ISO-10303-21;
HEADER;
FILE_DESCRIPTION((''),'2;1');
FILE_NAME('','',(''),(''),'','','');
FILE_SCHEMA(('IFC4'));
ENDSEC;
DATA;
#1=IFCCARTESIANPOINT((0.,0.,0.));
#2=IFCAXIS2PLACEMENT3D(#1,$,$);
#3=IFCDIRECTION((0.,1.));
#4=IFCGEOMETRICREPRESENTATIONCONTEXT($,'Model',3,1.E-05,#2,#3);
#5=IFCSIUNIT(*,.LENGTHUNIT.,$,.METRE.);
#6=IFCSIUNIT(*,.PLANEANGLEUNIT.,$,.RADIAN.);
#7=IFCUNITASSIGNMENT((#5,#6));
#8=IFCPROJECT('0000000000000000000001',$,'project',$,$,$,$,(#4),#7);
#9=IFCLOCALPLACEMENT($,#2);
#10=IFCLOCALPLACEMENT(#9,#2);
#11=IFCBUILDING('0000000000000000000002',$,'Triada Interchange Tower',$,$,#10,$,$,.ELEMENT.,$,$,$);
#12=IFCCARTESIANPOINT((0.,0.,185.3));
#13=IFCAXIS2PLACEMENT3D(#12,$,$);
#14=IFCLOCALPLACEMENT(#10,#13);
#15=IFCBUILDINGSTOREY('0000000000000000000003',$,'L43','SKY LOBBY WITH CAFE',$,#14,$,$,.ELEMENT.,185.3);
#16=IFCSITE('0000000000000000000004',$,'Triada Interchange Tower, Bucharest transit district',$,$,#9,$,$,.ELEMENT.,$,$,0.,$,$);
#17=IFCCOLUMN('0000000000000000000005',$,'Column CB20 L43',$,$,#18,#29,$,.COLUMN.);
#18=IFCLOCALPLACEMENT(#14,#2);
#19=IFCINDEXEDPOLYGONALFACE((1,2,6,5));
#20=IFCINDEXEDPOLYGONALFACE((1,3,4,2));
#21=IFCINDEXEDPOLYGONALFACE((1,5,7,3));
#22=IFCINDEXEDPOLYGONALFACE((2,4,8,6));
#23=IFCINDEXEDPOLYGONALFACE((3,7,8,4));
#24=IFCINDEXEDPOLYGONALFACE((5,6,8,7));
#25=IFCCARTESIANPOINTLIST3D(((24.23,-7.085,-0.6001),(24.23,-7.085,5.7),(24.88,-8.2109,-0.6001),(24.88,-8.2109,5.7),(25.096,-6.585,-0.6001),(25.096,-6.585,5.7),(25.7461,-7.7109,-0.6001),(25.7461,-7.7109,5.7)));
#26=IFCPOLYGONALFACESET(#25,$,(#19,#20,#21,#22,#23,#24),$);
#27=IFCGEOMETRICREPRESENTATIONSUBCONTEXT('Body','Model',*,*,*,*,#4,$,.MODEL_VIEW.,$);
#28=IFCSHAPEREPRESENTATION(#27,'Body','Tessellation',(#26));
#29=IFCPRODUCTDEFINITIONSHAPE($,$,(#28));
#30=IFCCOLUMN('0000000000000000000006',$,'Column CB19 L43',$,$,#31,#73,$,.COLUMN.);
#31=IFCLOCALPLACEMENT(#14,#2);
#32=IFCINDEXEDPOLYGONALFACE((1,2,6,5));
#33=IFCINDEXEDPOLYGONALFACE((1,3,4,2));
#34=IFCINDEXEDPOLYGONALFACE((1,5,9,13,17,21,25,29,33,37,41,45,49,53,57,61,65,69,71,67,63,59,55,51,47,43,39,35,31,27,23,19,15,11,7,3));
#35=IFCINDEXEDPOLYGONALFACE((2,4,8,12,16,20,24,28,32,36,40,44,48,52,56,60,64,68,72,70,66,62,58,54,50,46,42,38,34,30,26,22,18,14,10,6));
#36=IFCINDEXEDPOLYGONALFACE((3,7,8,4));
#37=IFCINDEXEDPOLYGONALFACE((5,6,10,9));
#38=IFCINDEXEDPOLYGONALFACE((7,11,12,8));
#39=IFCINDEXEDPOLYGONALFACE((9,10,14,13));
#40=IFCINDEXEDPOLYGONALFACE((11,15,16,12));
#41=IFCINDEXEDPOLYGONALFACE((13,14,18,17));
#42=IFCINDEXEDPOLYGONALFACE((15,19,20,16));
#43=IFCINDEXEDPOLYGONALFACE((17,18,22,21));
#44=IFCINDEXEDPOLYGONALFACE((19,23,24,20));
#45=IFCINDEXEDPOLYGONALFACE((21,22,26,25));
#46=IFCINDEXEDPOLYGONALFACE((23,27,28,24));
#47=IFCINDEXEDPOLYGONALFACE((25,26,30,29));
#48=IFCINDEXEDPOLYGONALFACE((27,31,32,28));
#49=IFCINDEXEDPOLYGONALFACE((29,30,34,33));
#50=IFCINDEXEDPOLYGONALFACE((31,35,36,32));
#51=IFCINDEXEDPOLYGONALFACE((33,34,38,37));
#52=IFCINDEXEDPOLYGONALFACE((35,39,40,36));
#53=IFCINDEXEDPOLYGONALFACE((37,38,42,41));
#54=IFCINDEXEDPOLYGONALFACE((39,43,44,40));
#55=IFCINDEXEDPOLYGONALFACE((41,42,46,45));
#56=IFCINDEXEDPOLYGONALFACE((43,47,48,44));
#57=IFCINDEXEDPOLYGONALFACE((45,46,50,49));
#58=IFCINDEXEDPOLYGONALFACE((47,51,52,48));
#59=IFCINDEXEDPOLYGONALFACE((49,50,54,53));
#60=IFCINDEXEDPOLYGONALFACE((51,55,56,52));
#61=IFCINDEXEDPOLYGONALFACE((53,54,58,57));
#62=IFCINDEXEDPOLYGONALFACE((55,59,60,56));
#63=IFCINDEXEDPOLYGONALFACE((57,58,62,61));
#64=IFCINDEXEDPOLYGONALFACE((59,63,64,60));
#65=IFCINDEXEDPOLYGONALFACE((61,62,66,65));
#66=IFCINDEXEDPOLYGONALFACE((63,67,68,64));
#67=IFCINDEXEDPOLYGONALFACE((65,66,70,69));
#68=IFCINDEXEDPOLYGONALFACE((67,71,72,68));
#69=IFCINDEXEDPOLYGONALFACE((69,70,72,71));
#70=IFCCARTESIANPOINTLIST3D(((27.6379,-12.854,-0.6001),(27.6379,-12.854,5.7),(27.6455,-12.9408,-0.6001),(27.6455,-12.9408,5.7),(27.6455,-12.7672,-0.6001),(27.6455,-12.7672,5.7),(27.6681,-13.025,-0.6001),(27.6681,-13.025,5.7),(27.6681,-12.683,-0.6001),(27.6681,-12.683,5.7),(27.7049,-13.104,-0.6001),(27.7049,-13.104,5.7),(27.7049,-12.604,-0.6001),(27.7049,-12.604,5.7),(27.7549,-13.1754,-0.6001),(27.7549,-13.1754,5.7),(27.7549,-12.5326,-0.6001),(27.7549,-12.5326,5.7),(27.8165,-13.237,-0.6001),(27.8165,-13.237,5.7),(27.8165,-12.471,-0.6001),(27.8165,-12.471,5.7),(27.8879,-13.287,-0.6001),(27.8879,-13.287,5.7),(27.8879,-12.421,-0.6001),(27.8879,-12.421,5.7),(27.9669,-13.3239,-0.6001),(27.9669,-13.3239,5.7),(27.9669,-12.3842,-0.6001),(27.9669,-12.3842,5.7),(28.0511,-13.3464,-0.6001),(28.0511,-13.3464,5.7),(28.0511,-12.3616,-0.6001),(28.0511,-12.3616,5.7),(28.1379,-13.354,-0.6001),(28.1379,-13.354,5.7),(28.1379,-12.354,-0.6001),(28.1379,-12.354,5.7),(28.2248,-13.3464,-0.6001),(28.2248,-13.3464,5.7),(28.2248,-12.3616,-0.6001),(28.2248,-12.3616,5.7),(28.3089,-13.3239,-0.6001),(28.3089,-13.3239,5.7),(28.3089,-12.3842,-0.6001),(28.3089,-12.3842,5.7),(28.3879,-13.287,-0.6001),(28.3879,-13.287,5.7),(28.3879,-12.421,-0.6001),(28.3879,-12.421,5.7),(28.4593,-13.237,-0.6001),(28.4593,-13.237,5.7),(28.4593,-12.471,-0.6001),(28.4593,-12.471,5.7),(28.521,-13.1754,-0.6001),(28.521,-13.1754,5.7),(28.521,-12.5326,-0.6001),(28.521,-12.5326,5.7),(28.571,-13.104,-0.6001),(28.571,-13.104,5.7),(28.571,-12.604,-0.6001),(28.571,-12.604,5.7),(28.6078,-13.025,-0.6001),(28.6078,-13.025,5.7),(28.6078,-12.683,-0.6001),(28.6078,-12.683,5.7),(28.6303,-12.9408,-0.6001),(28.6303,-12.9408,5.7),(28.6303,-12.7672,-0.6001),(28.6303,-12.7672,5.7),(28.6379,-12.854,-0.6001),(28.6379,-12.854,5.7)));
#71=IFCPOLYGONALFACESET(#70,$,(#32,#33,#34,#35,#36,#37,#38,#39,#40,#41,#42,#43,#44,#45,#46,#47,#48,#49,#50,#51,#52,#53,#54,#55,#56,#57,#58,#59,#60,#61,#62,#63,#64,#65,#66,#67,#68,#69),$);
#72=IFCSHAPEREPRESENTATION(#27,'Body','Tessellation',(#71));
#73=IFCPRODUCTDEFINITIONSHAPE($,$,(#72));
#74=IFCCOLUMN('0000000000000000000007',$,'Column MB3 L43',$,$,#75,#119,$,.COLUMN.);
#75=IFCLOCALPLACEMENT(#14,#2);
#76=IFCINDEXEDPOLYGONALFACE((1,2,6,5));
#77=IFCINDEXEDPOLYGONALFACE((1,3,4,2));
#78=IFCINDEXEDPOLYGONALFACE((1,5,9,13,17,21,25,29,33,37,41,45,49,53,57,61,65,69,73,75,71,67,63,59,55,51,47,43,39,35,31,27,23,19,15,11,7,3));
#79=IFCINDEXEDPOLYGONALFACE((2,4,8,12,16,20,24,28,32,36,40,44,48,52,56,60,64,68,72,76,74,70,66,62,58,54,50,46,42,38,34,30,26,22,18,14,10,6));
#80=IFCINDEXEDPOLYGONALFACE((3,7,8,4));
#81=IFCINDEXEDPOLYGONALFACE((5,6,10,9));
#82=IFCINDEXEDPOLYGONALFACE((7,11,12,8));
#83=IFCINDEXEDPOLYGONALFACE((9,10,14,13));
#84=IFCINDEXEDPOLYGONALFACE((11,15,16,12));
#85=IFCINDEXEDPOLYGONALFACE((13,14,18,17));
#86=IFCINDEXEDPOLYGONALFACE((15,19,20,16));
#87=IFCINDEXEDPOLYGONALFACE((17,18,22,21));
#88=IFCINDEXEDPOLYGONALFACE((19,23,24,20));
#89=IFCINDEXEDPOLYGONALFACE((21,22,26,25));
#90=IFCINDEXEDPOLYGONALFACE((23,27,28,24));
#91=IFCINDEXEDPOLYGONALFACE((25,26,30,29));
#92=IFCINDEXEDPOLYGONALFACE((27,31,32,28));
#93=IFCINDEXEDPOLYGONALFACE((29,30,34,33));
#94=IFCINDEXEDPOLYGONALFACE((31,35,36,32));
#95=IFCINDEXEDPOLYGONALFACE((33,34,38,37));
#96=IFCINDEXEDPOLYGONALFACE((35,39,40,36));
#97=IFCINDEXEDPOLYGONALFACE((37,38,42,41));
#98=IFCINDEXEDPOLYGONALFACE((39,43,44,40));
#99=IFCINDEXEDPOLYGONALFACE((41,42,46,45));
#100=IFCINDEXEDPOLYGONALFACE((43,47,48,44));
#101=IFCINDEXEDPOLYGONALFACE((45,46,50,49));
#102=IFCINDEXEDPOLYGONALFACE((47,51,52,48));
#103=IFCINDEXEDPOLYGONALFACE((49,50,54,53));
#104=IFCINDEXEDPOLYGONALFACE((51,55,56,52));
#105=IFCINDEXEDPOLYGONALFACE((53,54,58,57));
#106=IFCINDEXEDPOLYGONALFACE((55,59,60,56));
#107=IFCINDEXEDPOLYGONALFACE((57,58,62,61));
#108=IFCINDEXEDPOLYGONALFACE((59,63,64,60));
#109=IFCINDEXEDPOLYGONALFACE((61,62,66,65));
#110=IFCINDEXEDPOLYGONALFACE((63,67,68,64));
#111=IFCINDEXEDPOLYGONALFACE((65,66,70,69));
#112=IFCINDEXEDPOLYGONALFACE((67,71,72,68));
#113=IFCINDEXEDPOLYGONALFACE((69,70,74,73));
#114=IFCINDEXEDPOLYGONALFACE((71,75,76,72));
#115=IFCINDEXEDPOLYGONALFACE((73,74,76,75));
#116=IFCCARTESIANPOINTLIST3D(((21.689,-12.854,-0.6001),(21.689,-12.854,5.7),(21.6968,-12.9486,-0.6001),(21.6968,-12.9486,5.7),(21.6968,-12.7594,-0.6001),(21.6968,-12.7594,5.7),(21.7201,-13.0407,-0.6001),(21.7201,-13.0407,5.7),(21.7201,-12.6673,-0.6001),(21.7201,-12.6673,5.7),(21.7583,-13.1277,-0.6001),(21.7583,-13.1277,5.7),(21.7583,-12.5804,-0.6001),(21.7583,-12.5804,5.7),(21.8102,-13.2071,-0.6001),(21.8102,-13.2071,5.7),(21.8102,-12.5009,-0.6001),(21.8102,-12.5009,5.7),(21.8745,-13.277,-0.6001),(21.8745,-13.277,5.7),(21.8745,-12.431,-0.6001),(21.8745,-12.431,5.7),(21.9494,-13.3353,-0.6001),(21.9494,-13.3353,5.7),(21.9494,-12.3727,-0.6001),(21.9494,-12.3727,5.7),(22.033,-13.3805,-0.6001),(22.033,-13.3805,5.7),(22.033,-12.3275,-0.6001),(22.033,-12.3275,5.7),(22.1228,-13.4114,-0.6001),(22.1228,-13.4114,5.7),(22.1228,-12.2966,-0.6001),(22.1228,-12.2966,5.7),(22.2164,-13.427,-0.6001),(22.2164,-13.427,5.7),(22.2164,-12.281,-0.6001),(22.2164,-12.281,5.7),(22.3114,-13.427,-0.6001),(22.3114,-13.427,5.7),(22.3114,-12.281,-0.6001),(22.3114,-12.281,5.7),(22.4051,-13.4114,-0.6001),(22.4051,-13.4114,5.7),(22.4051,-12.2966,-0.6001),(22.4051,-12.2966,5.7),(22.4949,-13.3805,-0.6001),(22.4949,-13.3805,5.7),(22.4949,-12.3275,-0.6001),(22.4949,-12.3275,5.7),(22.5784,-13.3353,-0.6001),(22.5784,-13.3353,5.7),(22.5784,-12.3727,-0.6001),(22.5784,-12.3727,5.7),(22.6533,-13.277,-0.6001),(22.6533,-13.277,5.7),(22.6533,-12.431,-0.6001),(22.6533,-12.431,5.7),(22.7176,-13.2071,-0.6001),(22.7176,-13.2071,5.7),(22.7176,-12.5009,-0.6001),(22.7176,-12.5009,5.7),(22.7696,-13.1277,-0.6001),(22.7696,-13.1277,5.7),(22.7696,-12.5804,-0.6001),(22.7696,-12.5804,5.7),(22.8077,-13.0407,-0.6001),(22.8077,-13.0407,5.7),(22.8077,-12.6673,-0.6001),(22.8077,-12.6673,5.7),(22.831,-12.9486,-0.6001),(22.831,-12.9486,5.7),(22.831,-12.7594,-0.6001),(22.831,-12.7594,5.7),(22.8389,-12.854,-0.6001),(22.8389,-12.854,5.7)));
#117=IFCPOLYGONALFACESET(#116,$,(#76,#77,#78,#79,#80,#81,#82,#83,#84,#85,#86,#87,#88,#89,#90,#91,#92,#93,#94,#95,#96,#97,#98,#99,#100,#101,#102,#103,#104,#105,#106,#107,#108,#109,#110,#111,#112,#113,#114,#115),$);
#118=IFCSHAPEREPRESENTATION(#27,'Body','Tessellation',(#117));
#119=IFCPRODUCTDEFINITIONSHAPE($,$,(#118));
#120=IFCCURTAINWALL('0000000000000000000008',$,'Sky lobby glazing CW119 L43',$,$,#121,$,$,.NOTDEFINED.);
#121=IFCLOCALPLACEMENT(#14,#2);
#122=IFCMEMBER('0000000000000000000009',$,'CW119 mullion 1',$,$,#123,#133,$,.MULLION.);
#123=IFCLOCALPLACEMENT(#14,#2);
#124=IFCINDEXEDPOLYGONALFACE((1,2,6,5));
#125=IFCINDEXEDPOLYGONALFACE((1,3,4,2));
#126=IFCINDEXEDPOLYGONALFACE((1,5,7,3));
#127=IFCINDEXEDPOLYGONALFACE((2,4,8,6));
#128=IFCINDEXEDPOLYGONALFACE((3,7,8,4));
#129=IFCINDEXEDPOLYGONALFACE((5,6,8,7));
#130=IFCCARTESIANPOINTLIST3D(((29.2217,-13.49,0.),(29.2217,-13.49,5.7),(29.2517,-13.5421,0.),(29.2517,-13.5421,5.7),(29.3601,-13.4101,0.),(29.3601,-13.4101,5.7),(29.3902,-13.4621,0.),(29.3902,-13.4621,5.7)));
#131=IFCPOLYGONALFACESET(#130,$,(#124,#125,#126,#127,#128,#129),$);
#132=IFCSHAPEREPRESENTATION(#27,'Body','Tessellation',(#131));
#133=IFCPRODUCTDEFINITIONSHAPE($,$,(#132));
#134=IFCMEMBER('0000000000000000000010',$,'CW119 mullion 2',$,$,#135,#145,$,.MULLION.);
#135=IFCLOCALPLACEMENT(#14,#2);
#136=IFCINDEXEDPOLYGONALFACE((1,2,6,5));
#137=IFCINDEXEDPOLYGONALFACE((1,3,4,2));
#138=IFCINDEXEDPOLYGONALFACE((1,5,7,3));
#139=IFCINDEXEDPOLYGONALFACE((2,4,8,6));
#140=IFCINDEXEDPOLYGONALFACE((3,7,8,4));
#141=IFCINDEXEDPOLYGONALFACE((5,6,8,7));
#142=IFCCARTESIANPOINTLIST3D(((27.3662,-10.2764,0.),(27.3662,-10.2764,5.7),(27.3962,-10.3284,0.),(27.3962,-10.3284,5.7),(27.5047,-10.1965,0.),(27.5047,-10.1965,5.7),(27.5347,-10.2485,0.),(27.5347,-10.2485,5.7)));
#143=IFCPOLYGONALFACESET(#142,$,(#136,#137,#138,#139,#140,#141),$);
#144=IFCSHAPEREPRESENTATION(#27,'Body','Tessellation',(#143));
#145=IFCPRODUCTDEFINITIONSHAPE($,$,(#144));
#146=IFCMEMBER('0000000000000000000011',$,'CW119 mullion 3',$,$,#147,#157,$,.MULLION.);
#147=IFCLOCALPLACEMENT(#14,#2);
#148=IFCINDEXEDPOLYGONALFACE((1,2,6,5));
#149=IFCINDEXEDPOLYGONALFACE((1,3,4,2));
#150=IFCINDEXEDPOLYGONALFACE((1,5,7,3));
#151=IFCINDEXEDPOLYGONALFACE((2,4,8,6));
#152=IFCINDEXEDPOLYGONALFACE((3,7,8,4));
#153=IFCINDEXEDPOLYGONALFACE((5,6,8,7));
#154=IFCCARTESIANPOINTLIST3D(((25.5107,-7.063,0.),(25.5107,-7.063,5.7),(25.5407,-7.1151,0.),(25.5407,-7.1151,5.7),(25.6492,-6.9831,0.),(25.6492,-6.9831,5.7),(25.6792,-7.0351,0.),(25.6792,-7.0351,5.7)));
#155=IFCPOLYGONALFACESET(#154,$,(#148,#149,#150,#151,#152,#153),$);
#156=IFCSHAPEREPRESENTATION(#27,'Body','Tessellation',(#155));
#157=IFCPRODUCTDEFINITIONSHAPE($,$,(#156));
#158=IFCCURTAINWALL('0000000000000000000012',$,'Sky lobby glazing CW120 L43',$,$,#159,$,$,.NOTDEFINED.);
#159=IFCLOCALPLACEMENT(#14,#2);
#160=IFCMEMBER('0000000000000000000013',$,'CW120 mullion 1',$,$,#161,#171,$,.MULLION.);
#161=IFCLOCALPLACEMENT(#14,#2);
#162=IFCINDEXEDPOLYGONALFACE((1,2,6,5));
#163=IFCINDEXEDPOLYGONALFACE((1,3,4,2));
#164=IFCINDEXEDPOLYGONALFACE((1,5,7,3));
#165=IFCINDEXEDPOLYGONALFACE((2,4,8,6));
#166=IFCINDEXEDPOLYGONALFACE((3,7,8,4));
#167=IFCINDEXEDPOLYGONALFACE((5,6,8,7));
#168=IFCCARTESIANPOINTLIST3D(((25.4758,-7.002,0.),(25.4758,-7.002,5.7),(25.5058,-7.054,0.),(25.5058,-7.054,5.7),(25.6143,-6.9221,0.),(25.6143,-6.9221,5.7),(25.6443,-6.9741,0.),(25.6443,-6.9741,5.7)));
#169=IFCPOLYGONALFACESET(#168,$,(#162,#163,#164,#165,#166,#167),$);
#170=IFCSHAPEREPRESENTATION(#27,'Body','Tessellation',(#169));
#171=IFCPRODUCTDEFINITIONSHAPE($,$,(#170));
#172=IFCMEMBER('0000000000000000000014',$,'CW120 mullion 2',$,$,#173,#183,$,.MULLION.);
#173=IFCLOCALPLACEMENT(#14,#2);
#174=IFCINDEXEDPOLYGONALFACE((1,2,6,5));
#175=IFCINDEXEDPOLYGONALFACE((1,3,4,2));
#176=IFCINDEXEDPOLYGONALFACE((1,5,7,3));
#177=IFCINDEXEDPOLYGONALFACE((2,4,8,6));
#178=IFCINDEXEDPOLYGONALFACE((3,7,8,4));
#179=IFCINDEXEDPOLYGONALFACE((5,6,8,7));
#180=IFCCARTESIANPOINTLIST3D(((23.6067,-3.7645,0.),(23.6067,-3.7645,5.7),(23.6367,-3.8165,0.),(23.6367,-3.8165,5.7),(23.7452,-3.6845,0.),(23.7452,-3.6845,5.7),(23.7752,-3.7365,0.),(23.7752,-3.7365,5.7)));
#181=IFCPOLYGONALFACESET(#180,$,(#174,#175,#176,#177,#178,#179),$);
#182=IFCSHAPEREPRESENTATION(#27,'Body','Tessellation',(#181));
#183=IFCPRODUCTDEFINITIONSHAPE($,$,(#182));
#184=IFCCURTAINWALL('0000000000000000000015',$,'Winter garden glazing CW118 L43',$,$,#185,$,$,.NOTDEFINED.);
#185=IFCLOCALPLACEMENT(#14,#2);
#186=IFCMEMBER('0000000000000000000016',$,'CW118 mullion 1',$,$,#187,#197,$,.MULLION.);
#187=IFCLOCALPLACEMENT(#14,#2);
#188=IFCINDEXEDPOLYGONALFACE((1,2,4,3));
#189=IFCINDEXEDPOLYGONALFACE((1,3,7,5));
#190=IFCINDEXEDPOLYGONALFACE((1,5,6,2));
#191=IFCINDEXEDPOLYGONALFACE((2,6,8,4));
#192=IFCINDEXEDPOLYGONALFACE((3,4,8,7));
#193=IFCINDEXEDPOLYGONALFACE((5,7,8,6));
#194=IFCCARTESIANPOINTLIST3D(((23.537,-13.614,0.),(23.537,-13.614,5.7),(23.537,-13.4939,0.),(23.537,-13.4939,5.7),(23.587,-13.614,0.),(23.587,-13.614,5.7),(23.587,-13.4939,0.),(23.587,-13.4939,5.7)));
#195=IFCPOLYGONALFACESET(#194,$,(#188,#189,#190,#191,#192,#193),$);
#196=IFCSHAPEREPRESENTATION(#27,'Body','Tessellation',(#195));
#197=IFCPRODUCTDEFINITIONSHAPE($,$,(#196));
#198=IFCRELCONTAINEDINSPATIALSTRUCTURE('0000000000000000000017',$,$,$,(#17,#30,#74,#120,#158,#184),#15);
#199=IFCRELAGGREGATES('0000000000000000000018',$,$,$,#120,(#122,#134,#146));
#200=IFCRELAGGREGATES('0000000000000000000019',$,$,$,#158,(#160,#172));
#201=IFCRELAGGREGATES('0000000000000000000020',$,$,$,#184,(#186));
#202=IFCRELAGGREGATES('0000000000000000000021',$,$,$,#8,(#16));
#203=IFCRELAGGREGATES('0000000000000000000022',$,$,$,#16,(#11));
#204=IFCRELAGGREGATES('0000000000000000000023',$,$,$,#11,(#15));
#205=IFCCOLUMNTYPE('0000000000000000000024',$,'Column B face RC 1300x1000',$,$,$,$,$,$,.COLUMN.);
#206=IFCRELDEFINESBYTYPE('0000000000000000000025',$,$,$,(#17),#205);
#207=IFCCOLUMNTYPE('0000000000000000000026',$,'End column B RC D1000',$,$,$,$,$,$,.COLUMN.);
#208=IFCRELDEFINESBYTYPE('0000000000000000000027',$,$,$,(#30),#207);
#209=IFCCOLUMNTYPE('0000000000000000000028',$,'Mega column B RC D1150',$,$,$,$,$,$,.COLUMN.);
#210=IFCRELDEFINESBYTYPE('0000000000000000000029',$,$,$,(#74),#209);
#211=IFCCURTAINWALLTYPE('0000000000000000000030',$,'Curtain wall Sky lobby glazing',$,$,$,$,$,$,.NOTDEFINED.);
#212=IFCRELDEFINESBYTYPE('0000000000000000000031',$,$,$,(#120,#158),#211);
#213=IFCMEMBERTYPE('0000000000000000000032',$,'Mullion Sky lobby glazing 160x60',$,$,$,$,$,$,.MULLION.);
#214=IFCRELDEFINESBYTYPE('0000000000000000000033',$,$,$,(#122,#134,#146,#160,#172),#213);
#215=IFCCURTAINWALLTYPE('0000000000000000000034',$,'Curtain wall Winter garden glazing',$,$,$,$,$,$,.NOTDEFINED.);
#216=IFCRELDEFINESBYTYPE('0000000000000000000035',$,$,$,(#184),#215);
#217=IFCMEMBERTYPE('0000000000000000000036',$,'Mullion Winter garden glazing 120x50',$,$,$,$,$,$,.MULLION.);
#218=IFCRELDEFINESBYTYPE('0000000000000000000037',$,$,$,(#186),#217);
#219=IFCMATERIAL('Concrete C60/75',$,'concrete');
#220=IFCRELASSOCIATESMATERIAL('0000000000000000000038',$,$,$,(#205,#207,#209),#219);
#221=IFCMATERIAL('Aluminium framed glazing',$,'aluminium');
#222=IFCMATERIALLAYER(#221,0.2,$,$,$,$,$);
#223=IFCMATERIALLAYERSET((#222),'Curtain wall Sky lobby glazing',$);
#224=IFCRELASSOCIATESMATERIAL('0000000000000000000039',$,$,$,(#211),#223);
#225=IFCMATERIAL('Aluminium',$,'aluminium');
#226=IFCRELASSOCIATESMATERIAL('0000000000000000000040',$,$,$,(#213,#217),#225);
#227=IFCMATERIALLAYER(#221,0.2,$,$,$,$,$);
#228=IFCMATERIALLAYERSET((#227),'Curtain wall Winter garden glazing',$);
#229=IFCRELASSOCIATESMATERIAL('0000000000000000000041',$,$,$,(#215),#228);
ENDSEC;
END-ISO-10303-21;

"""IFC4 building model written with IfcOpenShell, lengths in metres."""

from ifc_helpers import new_model, si_unit, direction, frame, origin, origin_2d, place, context, subcontext, project, spatial, rectangle, circle, extrude, material, layer, layer_set, material_profile, profile_set, type_object, element, aggregate, save


model = new_model("IFC4")

# Units and contexts
model_context = context("Model", 3, precision=1e-05, world=origin(), true_north=direction((0.0, 1.0)))
body_context = subcontext(model_context, "Body", "Model", "MODEL_VIEW")
ifc_project = project(units=[si_unit("LENGTHUNIT", "METRE"), si_unit("PLANEANGLEUNIT", "RADIAN")], contexts=[model_context])

# Site, building, storey
site_placement = place(None, origin())
site = spatial("IfcSite", under=ifc_project, at=site_placement, Name="Triada Interchange Tower, Bucharest transit district", CompositionType="ELEMENT", RefElevation=0.0)
building_placement = place(site_placement, origin())
building = spatial("IfcBuilding", under=site, at=building_placement, Name="Triada Interchange Tower", CompositionType="ELEMENT")
storey_placement = place(building_placement, frame((0.0, 0.0, 185.3)))
storey = spatial("IfcBuildingStorey", under=building, at=storey_placement, Name="L43", Description="SKY LOBBY WITH CAFE", CompositionType="ELEMENT", Elevation=185.3)

# Columns
ifc_material_1 = material(Name="Concrete C60/75", Category="concrete")
ifc_material_profile_1 = material_profile(ifc_material_1, rectangle(XDim=1.3, YDim=1.0, at=origin_2d()), Name="RC 1300x1000")
ifc_profile_set_1 = profile_set([ifc_material_profile_1], Name="Concrete C60/75")
column_type_1 = type_object("IfcColumnType", Name="Column B face RC 1300x1000", PredefinedType="COLUMN", material=ifc_profile_set_1)
column_1_placement = place(storey_placement, frame((24.988, -7.3979, -0.6001), z_axis=(0.0, 0.0, 1.0), x_axis=(-0.5, 0.866025, 0.0)))
element("IfcColumn", 1, at=column_1_placement, inside=storey, type_object=column_type_1, Name="Column CB20 L43", PredefinedType="COLUMN", context=body_context, shape_type="SweptSolid", body=[
    extrude(rectangle(XDim=1.3, YDim=1.0, at=origin_2d()), origin(), (0.0, 0.0, 1.0), 6.3),
])
ifc_material_profile_2 = material_profile(ifc_material_1, circle(Radius=0.5, at=origin_2d()), Name="RC D1000")
ifc_profile_set_2 = profile_set([ifc_material_profile_2], Name="Concrete C60/75")
column_type_2 = type_object("IfcColumnType", Name="End column B RC D1000", PredefinedType="COLUMN", material=ifc_profile_set_2)
column_2_placement = place(storey_placement, frame((28.1379, -12.854, -0.6001), z_axis=(0.0, 0.0, 1.0), x_axis=(-0.5, 0.866025, 0.0)))
element("IfcColumn", 2, at=column_2_placement, inside=storey, type_object=column_type_2, Name="Column CB19 L43", PredefinedType="COLUMN", context=body_context, shape_type="SweptSolid", body=[
    extrude(circle(Radius=0.5, at=origin_2d()), origin(), (0.0, 0.0, 1.0), 6.3),
])
ifc_material_profile_3 = material_profile(ifc_material_1, circle(Radius=0.575, at=origin_2d()), Name="RC D1150")
ifc_profile_set_3 = profile_set([ifc_material_profile_3], Name="Concrete C60/75")
column_type_3 = type_object("IfcColumnType", Name="Mega column B RC D1150", PredefinedType="COLUMN", material=ifc_profile_set_3)
column_3_placement = place(storey_placement, frame((22.2639, -12.854, -0.6001), z_axis=(0.0, 0.0, 1.0), x_axis=(1.0, 0.0, 0.0)))
element("IfcColumn", 3, at=column_3_placement, inside=storey, type_object=column_type_3, Name="Column MB3 L43", PredefinedType="COLUMN", context=body_context, shape_type="SweptSolid", body=[
    extrude(circle(Radius=0.575, at=origin_2d()), origin(), (0.0, 0.0, 1.0), 6.3),
])

# Curtain walls, members
ifc_material_2 = material(Name="Aluminium framed glazing", Category="aluminium")
ifc_layer_1 = layer(ifc_material_2, 0.2)
ifc_layer_set_1 = layer_set([ifc_layer_1], Name="Curtain wall Sky lobby glazing")
curtain_wall_type_1 = type_object("IfcCurtainWallType", Name="Curtain wall Sky lobby glazing", PredefinedType="NOTDEFINED", material=ifc_layer_set_1)
curtain_wall_1_placement = place(storey_placement, origin())
curtain_wall_1 = element("IfcCurtainWall", 4, at=curtain_wall_1_placement, inside=storey, type_object=curtain_wall_type_1, Name="Sky lobby glazing CW119 L43", PredefinedType="NOTDEFINED")
ifc_material_3 = material(Name="Aluminium", Category="aluminium")
ifc_material_profile_4 = material_profile(ifc_material_3, rectangle(XDim=0.1599, YDim=0.0601, at=origin_2d()), Name="Aluminium mullion")
ifc_profile_set_4 = profile_set([ifc_material_profile_4], Name="Aluminium")
member_type_1 = type_object("IfcMemberType", Name="Mullion Sky lobby glazing 160x60", PredefinedType="MULLION", material=ifc_profile_set_4)
member_1_placement = place(storey_placement, frame((29.3059, -13.4761, 0.0), z_axis=(0.0, 0.0, 1.0), x_axis=(-0.866005, -0.500035, 0.0)))
member_1 = element("IfcMember", 5, at=member_1_placement, type_object=member_type_1, Name="CW119 mullion 1", PredefinedType="MULLION", context=body_context, shape_type="SweptSolid", body=[
    extrude(rectangle(XDim=0.1599, YDim=0.0601, at=origin_2d()), origin(), (0.0, 0.0, 1.0), 5.7),
])
member_2_placement = place(storey_placement, frame((27.4504, -10.2625, 0.0), z_axis=(0.0, 0.0, 1.0), x_axis=(-0.866005, -0.500035, 0.0)))
member_2 = element("IfcMember", 6, at=member_2_placement, type_object=member_type_1, Name="CW119 mullion 2", PredefinedType="MULLION", context=body_context, shape_type="SweptSolid", body=[
    extrude(rectangle(XDim=0.1599, YDim=0.0601, at=origin_2d()), origin(), (0.0, 0.0, 1.0), 5.7),
])
member_3_placement = place(storey_placement, frame((25.595, -7.0491, 0.0), z_axis=(0.0, 0.0, 1.0), x_axis=(-0.866005, -0.500035, 0.0)))
member_3 = element("IfcMember", 7, at=member_3_placement, type_object=member_type_1, Name="CW119 mullion 3", PredefinedType="MULLION", context=body_context, shape_type="SweptSolid", body=[
    extrude(rectangle(XDim=0.1599, YDim=0.0601, at=origin_2d()), origin(), (0.0, 0.0, 1.0), 5.7),
])
curtain_wall_2_placement = place(storey_placement, origin())
curtain_wall_2 = element("IfcCurtainWall", 8, at=curtain_wall_2_placement, inside=storey, type_object=curtain_wall_type_1, Name="Sky lobby glazing CW120 L43", PredefinedType="NOTDEFINED")
member_4_placement = place(storey_placement, frame((25.5601, -6.988, 0.0), z_axis=(0.0, 0.0, 1.0), x_axis=(-0.866046, -0.499964, 0.0)))
member_4 = element("IfcMember", 9, at=member_4_placement, type_object=member_type_1, Name="CW120 mullion 1", PredefinedType="MULLION", context=body_context, shape_type="SweptSolid", body=[
    extrude(rectangle(XDim=0.1599, YDim=0.0601, at=origin_2d()), origin(), (0.0, 0.0, 1.0), 5.7),
])
member_5_placement = place(storey_placement, frame((23.6909, -3.7505, 0.0), z_axis=(0.0, 0.0, 1.0), x_axis=(-0.866046, -0.499964, 0.0)))
member_5 = element("IfcMember", 10, at=member_5_placement, type_object=member_type_1, Name="CW120 mullion 2", PredefinedType="MULLION", context=body_context, shape_type="SweptSolid", body=[
    extrude(rectangle(XDim=0.1599, YDim=0.0601, at=origin_2d()), origin(), (0.0, 0.0, 1.0), 5.7),
])
ifc_layer_2 = layer(ifc_material_2, 0.2)
ifc_layer_set_2 = layer_set([ifc_layer_2], Name="Curtain wall Winter garden glazing")
curtain_wall_type_2 = type_object("IfcCurtainWallType", Name="Curtain wall Winter garden glazing", PredefinedType="NOTDEFINED", material=ifc_layer_set_2)
curtain_wall_3_placement = place(storey_placement, origin())
curtain_wall_3 = element("IfcCurtainWall", 11, at=curtain_wall_3_placement, inside=storey, type_object=curtain_wall_type_2, Name="Winter garden glazing CW118 L43", PredefinedType="NOTDEFINED")
ifc_material_profile_5 = material_profile(ifc_material_3, rectangle(XDim=0.1201, YDim=0.05, at=origin_2d()), Name="Aluminium mullion")
ifc_profile_set_5 = profile_set([ifc_material_profile_5], Name="Aluminium")
member_type_2 = type_object("IfcMemberType", Name="Mullion Winter garden glazing 120x50", PredefinedType="MULLION", material=ifc_profile_set_5)
member_6_placement = place(storey_placement, frame((23.562, -13.554, 0.0), z_axis=(0.0, 0.0, 1.0), x_axis=(0.0, 1.0, 0.0)))
member_6 = element("IfcMember", 12, at=member_6_placement, type_object=member_type_2, Name="CW118 mullion 1", PredefinedType="MULLION", context=body_context, shape_type="SweptSolid", body=[
    extrude(rectangle(XDim=0.1201, YDim=0.05, at=origin_2d()), origin(), (0.0, 0.0, 1.0), 5.7),
])

aggregate(curtain_wall_1, [member_1, member_2, member_3])
aggregate(curtain_wall_2, [member_4, member_5])
aggregate(curtain_wall_3, [member_6])

save(model, "model.ifc")
